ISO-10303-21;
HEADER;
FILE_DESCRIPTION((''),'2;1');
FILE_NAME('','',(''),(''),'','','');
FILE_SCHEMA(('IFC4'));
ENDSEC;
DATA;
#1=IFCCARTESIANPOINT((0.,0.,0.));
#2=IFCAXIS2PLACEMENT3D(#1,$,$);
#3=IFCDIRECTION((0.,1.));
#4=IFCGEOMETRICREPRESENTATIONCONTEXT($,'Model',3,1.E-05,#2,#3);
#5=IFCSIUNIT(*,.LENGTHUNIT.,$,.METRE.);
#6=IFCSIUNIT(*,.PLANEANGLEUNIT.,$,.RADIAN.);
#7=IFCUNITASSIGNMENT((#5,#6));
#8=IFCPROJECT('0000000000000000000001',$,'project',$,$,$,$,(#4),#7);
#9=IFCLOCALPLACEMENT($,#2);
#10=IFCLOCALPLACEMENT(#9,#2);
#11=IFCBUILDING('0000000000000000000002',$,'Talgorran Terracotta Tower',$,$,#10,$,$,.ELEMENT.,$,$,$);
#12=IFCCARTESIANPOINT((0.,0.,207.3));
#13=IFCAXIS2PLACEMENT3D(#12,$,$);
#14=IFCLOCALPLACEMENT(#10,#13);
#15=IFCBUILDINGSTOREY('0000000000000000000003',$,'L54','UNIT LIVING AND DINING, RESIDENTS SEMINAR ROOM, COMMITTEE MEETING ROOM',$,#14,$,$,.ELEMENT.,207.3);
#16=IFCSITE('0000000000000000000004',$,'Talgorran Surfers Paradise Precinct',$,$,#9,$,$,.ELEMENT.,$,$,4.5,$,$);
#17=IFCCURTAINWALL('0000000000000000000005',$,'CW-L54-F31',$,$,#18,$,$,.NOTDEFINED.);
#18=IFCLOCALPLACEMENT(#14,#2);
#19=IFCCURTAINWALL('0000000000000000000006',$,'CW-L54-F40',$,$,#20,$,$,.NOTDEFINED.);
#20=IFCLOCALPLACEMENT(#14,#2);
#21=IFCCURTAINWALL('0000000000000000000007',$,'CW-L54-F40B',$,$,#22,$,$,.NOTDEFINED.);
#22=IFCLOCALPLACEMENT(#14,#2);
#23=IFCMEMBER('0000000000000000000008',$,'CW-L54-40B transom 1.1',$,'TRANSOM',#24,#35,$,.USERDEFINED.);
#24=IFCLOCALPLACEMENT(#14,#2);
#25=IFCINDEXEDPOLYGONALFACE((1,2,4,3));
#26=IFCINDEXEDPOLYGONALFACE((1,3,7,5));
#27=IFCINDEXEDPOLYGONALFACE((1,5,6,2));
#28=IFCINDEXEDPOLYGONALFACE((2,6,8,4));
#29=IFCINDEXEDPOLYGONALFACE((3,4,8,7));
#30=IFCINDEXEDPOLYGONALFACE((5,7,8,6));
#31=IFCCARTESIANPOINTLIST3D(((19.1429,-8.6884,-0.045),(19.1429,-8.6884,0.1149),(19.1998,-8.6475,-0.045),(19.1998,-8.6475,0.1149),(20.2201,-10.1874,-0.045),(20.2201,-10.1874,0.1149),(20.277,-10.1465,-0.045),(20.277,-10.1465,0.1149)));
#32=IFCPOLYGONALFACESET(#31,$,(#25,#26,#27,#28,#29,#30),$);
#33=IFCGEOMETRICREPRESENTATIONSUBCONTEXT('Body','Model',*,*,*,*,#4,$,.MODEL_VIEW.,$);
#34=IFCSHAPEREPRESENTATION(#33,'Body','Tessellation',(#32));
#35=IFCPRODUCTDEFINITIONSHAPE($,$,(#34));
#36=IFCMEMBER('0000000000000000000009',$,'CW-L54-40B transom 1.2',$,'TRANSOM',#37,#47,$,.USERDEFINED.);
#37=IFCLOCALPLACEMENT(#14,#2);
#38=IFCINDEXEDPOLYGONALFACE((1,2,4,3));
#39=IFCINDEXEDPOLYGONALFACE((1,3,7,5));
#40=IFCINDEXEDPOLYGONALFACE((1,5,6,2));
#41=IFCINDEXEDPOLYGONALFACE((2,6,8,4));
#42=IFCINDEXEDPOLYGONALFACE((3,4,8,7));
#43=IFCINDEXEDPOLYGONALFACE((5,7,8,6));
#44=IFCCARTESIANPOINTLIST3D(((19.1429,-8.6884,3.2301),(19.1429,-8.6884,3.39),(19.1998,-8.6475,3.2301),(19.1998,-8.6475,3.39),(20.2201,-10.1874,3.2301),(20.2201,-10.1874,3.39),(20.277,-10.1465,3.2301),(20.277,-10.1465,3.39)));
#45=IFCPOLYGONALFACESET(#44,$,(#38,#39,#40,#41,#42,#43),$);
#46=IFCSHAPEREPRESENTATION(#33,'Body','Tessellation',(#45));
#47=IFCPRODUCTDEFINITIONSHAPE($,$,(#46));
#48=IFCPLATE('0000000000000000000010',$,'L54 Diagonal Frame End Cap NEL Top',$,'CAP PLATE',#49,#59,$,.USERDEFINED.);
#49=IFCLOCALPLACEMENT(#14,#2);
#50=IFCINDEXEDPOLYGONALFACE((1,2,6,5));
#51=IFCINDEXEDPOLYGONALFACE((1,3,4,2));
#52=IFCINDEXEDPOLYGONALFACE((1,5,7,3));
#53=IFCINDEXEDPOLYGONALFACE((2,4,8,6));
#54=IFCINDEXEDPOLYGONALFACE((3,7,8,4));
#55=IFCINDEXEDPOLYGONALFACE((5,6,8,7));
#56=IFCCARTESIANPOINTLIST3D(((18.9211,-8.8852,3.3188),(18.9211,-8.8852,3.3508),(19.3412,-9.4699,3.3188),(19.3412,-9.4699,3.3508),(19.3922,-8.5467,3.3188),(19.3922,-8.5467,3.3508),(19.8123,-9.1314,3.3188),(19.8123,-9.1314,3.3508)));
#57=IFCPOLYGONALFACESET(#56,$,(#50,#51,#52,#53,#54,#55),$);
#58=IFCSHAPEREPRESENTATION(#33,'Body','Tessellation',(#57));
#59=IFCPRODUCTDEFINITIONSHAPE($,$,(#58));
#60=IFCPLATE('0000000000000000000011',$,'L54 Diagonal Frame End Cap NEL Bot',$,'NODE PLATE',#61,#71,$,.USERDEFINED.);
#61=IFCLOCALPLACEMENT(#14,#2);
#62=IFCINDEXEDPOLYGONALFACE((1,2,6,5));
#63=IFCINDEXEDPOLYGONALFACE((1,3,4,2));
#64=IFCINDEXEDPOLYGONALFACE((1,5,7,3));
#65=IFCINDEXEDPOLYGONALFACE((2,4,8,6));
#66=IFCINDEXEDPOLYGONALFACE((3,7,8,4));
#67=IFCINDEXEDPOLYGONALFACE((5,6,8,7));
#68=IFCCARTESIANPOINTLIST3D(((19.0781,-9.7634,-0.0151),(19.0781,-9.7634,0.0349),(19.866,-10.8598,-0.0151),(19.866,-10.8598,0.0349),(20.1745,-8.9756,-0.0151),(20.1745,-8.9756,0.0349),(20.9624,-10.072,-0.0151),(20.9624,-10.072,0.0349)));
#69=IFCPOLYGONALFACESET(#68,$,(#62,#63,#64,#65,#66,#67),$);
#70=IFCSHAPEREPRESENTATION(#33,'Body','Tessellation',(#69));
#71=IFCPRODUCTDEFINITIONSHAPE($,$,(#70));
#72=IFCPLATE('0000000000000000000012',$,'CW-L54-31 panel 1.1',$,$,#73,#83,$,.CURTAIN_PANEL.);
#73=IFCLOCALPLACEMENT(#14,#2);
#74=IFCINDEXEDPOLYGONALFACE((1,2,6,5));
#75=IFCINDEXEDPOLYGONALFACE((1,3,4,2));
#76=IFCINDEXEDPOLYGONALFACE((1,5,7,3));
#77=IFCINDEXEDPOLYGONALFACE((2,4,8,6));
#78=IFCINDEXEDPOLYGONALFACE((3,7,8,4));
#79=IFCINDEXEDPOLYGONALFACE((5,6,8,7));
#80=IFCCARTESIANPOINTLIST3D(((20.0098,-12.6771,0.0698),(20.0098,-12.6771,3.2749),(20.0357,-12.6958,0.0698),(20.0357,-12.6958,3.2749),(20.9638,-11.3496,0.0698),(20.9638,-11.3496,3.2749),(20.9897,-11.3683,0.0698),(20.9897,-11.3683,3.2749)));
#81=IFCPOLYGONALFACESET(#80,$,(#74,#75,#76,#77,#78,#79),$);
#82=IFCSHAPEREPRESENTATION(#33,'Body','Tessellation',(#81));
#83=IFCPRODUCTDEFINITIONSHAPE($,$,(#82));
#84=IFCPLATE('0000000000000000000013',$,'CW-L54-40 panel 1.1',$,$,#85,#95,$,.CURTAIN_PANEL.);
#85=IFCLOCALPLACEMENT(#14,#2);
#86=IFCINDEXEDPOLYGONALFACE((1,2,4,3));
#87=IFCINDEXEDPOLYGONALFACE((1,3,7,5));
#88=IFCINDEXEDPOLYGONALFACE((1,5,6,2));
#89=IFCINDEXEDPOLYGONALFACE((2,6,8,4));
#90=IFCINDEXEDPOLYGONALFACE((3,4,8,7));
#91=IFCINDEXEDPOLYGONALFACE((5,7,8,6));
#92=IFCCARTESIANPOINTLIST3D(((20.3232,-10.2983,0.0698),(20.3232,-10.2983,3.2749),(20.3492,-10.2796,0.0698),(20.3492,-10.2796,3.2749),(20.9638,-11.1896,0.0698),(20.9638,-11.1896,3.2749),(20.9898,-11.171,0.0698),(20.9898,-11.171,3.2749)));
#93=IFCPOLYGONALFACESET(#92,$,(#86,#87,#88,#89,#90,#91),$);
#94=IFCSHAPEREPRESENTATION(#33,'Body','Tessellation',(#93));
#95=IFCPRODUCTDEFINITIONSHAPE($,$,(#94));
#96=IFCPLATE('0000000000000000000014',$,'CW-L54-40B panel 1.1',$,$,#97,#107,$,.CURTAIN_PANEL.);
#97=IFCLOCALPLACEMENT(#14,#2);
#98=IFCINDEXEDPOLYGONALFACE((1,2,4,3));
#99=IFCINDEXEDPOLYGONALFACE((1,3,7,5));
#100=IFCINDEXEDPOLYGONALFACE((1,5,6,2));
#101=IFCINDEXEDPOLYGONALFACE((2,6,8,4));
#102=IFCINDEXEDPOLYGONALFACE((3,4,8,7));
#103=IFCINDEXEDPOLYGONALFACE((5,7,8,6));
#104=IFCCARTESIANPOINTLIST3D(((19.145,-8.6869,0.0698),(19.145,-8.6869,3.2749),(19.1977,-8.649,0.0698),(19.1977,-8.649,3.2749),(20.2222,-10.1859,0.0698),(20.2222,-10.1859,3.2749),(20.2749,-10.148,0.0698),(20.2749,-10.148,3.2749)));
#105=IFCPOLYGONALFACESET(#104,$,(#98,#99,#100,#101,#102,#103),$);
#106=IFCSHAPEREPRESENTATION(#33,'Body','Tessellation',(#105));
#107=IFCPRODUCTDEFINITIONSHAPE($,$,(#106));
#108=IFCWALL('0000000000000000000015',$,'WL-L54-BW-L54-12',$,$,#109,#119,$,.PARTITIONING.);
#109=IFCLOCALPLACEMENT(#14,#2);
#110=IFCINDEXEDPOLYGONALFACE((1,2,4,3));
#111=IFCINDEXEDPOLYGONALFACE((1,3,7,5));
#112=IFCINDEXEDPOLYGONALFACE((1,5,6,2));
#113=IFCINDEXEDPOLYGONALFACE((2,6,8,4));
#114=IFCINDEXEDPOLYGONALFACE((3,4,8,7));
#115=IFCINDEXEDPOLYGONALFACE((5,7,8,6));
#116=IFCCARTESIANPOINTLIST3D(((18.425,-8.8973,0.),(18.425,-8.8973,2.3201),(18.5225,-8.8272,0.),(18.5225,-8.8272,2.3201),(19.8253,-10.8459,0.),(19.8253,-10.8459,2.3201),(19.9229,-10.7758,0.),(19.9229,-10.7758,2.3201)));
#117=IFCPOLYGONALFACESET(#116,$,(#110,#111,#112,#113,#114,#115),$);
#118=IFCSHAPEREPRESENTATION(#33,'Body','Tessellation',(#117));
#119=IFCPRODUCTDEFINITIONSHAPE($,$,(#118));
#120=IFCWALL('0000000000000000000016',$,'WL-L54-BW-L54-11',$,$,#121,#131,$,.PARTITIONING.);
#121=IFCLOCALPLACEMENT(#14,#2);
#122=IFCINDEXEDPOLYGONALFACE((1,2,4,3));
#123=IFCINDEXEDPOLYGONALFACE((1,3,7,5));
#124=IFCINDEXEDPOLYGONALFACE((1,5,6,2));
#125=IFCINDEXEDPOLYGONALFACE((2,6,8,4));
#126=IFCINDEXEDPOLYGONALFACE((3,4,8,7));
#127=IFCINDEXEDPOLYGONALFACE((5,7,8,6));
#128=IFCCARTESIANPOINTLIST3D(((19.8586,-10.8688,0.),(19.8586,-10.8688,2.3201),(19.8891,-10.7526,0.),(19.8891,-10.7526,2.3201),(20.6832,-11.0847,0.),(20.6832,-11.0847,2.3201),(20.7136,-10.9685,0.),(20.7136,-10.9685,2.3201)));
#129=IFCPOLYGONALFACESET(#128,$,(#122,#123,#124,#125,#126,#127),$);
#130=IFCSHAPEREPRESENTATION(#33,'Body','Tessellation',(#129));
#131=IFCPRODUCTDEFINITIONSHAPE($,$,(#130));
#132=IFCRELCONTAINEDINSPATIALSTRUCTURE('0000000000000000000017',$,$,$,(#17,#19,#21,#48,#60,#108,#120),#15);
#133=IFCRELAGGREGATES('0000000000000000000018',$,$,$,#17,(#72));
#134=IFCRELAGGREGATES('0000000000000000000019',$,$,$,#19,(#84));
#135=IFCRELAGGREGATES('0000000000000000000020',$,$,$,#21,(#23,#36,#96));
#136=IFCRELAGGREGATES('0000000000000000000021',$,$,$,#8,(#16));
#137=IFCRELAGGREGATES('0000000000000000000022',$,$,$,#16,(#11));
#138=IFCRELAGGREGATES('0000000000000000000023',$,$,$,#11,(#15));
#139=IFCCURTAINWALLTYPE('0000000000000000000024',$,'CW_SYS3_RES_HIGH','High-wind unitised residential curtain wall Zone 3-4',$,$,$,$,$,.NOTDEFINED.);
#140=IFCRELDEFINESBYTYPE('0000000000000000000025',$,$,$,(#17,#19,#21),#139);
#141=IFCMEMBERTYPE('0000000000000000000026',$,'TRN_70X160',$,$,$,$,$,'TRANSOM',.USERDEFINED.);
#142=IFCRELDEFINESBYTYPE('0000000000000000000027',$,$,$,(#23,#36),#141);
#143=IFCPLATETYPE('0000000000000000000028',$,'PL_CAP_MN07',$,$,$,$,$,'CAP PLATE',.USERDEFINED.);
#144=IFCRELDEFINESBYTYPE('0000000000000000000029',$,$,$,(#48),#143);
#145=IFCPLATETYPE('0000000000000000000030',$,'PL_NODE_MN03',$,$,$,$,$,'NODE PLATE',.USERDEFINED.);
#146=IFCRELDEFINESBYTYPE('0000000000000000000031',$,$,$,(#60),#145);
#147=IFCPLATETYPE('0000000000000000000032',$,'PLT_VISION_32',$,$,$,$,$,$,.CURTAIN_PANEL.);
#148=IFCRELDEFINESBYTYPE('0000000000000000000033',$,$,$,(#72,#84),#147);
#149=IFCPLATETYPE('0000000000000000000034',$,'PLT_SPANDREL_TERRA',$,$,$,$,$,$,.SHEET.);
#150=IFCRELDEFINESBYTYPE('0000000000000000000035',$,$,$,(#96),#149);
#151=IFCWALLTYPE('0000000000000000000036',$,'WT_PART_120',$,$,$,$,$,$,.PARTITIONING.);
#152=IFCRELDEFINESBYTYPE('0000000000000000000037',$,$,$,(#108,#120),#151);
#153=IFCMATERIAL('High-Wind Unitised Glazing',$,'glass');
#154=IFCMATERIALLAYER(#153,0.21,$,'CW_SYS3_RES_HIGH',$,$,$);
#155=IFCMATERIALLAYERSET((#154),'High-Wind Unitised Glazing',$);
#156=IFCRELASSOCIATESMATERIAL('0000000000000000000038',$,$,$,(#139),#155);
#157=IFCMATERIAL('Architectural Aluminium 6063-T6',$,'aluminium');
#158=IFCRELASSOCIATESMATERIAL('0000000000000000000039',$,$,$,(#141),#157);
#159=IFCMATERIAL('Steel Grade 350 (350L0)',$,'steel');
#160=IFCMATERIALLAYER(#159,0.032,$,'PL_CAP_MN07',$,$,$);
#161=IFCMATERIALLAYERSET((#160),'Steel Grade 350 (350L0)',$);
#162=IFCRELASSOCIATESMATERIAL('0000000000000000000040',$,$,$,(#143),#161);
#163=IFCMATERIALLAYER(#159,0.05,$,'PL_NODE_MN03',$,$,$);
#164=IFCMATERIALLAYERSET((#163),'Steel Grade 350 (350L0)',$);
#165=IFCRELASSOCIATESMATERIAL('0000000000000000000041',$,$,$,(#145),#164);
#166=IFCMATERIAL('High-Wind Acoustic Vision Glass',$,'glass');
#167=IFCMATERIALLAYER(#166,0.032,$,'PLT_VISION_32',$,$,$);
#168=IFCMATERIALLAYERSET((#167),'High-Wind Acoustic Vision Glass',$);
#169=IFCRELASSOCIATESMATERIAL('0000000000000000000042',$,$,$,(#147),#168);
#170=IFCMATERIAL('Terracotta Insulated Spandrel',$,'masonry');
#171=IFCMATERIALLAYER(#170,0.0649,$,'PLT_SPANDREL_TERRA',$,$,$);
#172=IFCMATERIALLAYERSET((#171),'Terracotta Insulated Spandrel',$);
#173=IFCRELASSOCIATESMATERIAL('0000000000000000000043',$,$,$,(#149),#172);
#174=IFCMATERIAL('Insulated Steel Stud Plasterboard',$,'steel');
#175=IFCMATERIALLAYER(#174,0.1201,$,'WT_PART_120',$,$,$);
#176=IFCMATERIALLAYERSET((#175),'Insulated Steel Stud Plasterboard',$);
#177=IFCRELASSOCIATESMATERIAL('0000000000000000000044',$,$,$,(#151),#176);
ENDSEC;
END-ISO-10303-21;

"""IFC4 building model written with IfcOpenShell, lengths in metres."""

from ifc_helpers import new_model, si_unit, direction, frame, frame_2d, origin, origin_2d, place, context, subcontext, project, spatial, rectangle, extrude, source, transform, mapped, material, layer, layer_set, material_profile, profile_set, type_object, type_shapes, element, aggregate, save


model = new_model("IFC4")

# Units and contexts
model_context = context("Model", 3, precision=1e-05, world=origin(), true_north=direction((0.0, 1.0)))
body_context = subcontext(model_context, "Body", "Model", "MODEL_VIEW")
ifc_project = project(units=[si_unit("LENGTHUNIT", "METRE"), si_unit("PLANEANGLEUNIT", "RADIAN")], contexts=[model_context])

# Site, building, storey
site_placement = place(None, origin())
site = spatial("IfcSite", under=ifc_project, at=site_placement, Name="Talgorran Surfers Paradise Precinct", CompositionType="ELEMENT", RefElevation=4.5)
building_placement = place(site_placement, origin())
building = spatial("IfcBuilding", under=site, at=building_placement, Name="Talgorran Terracotta Tower", CompositionType="ELEMENT")
storey_placement = place(building_placement, frame((0.0, 0.0, 207.3)))
storey = spatial("IfcBuildingStorey", under=building, at=storey_placement, Name="L54", Description="UNIT LIVING AND DINING, RESIDENTS SEMINAR ROOM, COMMITTEE MEETING ROOM", CompositionType="ELEMENT", Elevation=207.3)

# Shared definitions
ifc_material_1 = material(Name="Steel Grade 350 (350L0)", Category="steel")

# Curtain walls
ifc_material_2 = material(Name="High-Wind Unitised Glazing", Category="glass")
ifc_layer_1 = layer(ifc_material_2, 0.21, Name="CW_SYS3_RES_HIGH")
ifc_layer_set_1 = layer_set([ifc_layer_1], Name="High-Wind Unitised Glazing")
curtain_wall_type = type_object("IfcCurtainWallType", Name="CW_SYS3_RES_HIGH", Description="High-wind unitised residential curtain wall Zone 3-4", PredefinedType="NOTDEFINED", material=ifc_layer_set_1)
curtain_wall_1_placement = place(storey_placement, origin())
curtain_wall_1 = element("IfcCurtainWall", 1, at=curtain_wall_1_placement, inside=storey, type_object=curtain_wall_type, Name="CW-L54-F31", PredefinedType="NOTDEFINED")
ifc_material_3 = material(Name="Architectural Aluminium 6063-T6", Category="aluminium")
curtain_wall_2_placement = place(storey_placement, origin())
curtain_wall_2 = element("IfcCurtainWall", 2, at=curtain_wall_2_placement, inside=storey, type_object=curtain_wall_type, Name="CW-L54-F40", PredefinedType="NOTDEFINED")

# Curtain wall
curtain_wall_3_placement = place(storey_placement, origin())
curtain_wall_3 = element("IfcCurtainWall", 3, at=curtain_wall_3_placement, inside=storey, type_object=curtain_wall_type, Name="CW-L54-F40B", PredefinedType="NOTDEFINED")

# Members
ifc_material_profile_1 = material_profile(ifc_material_3, rectangle(XDim=0.0701, YDim=0.1599, at=origin_2d()), Name="CWT70X160")
ifc_profile_set_1 = profile_set([ifc_material_profile_1], Name="Architectural Aluminium 6063-T6")
member_type_1 = type_object("IfcMemberType", Name="TRN_70X160", ElementType="TRANSOM", PredefinedType="USERDEFINED", material=ifc_profile_set_1)
member_1_placement = place(storey_placement, frame((20.2485, -10.167, 0.0349), z_axis=(-0.583538, 0.812086, 0.0), x_axis=(-0.812086, -0.583538, 0.0)))
member_1 = element("IfcMember", 4, at=member_1_placement, type_object=member_type_1, Name="CW-L54-40B transom 1.1", ObjectType="TRANSOM", PredefinedType="USERDEFINED", context=body_context, shape_type="SweptSolid", body=[
    extrude(rectangle(XDim=0.0701, YDim=0.1599, at=origin_2d()), origin(), (0.0, 0.0, 1.0), 1.8459),
])
member_2_placement = place(storey_placement, frame((20.2485, -10.167, 3.3101), z_axis=(-0.583538, 0.812086, 0.0), x_axis=(-0.812086, -0.583538, 0.0)))
member_2 = element("IfcMember", 5, at=member_2_placement, type_object=member_type_1, Name="CW-L54-40B transom 1.2", ObjectType="TRANSOM", PredefinedType="USERDEFINED", context=body_context, shape_type="SweptSolid", body=[
    extrude(rectangle(XDim=0.0701, YDim=0.1599, at=origin_2d()), origin(), (0.0, 0.0, 1.0), 1.8459),
])

# Plates
ifc_layer_2 = layer(ifc_material_1, 0.032, Name="PL_CAP_MN07")
ifc_layer_set_2 = layer_set([ifc_layer_2], Name="Steel Grade 350 (350L0)")
plate_type_1 = type_object("IfcPlateType", Name="PL_CAP_MN07", ElementType="CAP PLATE", PredefinedType="USERDEFINED", material=ifc_layer_set_2)
plate_1_placement = place(storey_placement, frame((19.3667, -9.0083, 3.3188), z_axis=(0.0, 0.0, 1.0), x_axis=(-0.583541, 0.812084, 0.0)))
element("IfcPlate", 6, at=plate_1_placement, inside=storey, type_object=plate_type_1, Name="L54 Diagonal Frame End Cap NEL Top", ObjectType="CAP PLATE", PredefinedType="USERDEFINED", context=body_context, shape_type="SweptSolid", body=[
    extrude(rectangle(XDim=0.72, YDim=0.5801, at=origin_2d()), origin(), (0.0, 0.0, 1.0), 0.032),
])
ifc_layer_3 = layer(ifc_material_1, 0.05, Name="PL_NODE_MN03")
ifc_layer_set_3 = layer_set([ifc_layer_3], Name="Steel Grade 350 (350L0)")
plate_type_2 = type_object("IfcPlateType", Name="PL_NODE_MN03", ElementType="NODE PLATE", PredefinedType="USERDEFINED", material=ifc_layer_set_3)
plate_2_placement = place(storey_placement, frame((20.0203, -9.9177, -0.0151), z_axis=(0.0, 0.0, 1.0), x_axis=(-0.583541, 0.812084, 0.0)))
element("IfcPlate", 7, at=plate_2_placement, inside=storey, type_object=plate_type_2, Name="L54 Diagonal Frame End Cap NEL Bot", ObjectType="NODE PLATE", PredefinedType="USERDEFINED", context=body_context, shape_type="SweptSolid", body=[
    extrude(rectangle(XDim=1.3501, YDim=1.3501, at=origin_2d()), origin(), (0.0, 0.0, 1.0), 0.05),
])

# Plates
ifc_material_4 = material(Name="High-Wind Acoustic Vision Glass", Category="glass")
ifc_layer_4 = layer(ifc_material_4, 0.032, Name="PLT_VISION_32")
ifc_layer_set_4 = layer_set([ifc_layer_4], Name="High-Wind Acoustic Vision Glass")
plate_type_3 = type_object("IfcPlateType", Name="PLT_VISION_32", PredefinedType="CURTAIN_PANEL", material=ifc_layer_set_4)
shared_shape_1 = source(origin(), body_context, "Body", "SweptSolid", [
    extrude(rectangle(XDim=1.6348, YDim=0.032, at=origin_2d()), origin(), (0.0, 0.0, 1.0), 3.2051),
])
plate_3_placement = place(storey_placement, frame((20.4998, -12.0227, 0.0698), z_axis=(0.0, 0.0, 1.0), x_axis=(0.583576, 0.812059, 0.0)))
plate_3 = element("IfcPlate", 8, at=plate_3_placement, type_object=plate_type_3, Name="CW-L54-31 panel 1.1", PredefinedType="CURTAIN_PANEL", context=body_context, shape_type="MappedRepresentation", body=[
    mapped(shared_shape_1, transform((0.0, 0.0, 0.0), scale=1.0)),
])
aggregate(curtain_wall_1, [plate_3])
shared_shape_2 = source(origin(), body_context, "Body", "SweptSolid", [
    extrude(rectangle(XDim=1.0977, YDim=0.032, at=origin_2d()), origin(), (0.0, 0.0, 1.0), 3.2051),
])
type_shapes(plate_type_3, [shared_shape_1, shared_shape_2])
plate_4_placement = place(storey_placement, frame((20.6565, -10.7346, 0.0698), z_axis=(0.0, 0.0, 1.0), x_axis=(-0.583574, 0.81206, 0.0)))
plate_4 = element("IfcPlate", 9, at=plate_4_placement, type_object=plate_type_3, Name="CW-L54-40 panel 1.1", PredefinedType="CURTAIN_PANEL", context=body_context, shape_type="MappedRepresentation", body=[
    mapped(shared_shape_2, transform((0.0, 0.0, 0.0), scale=1.0)),
])
aggregate(curtain_wall_2, [plate_4])
ifc_material_5 = material(Name="Terracotta Insulated Spandrel", Category="masonry")
ifc_layer_5 = layer(ifc_material_5, 0.0649, Name="PLT_SPANDREL_TERRA")
ifc_layer_set_5 = layer_set([ifc_layer_5], Name="Terracotta Insulated Spandrel")
plate_type_4 = type_object("IfcPlateType", Name="PLT_SPANDREL_TERRA", PredefinedType="SHEET", material=ifc_layer_set_5)
shared_shape_3 = source(origin(), body_context, "Body", "SweptSolid", [
    extrude(rectangle(XDim=1.8459, YDim=0.0649, at=origin_2d()), origin(), (0.0, 0.0, 1.0), 3.2051),
])
type_shapes(plate_type_4, [shared_shape_3])
plate_5_placement = place(storey_placement, frame((19.71, -9.4175, 0.0698), z_axis=(0.0, 0.0, 1.0), x_axis=(-0.58357, 0.812063, 0.0)))
plate_5 = element("IfcPlate", 10, at=plate_5_placement, type_object=plate_type_4, Name="CW-L54-40B panel 1.1", PredefinedType="CURTAIN_PANEL", context=body_context, shape_type="MappedRepresentation", body=[
    mapped(shared_shape_3, transform((0.0, 0.0, 0.0), scale=1.0)),
])
aggregate(curtain_wall_3, [member_1, member_2, plate_5])

# Walls
ifc_material_6 = material(Name="Insulated Steel Stud Plasterboard", Category="steel")
ifc_layer_6 = layer(ifc_material_6, 0.1201, Name="WT_PART_120")
ifc_layer_set_6 = layer_set([ifc_layer_6], Name="Insulated Steel Stud Plasterboard")
wall_type = type_object("IfcWallType", Name="WT_PART_120", PredefinedType="PARTITIONING", material=ifc_layer_set_6)
wall_1_placement = place(storey_placement, frame((19.874, -10.8108, 0.0), z_axis=(0.0, 0.0, 1.0), x_axis=(-0.583565, 0.812067, 0.0)))
element("IfcWall", 11, at=wall_1_placement, inside=storey, type_object=wall_type, Name="WL-L54-BW-L54-12", PredefinedType="PARTITIONING", context=body_context, shape_type="SweptSolid", body=[
    extrude(rectangle(XDim=2.3997, YDim=0.1201, at=frame_2d((1.1997, 0.0))), origin(), (0.0, 0.0, 1.0), 2.3201),
])
wall_2_placement = place(storey_placement, frame((20.6985, -11.0266, 0.0), z_axis=(0.0, 0.0, 1.0), x_axis=(-0.967404, 0.253238, 0.0)))
element("IfcWall", 12, at=wall_2_placement, inside=storey, type_object=wall_type, Name="WL-L54-BW-L54-11", PredefinedType="PARTITIONING", context=body_context, shape_type="SweptSolid", body=[
    extrude(rectangle(XDim=0.8523, YDim=0.1201, at=frame_2d((0.4263, 0.0))), origin(), (0.0, 0.0, 1.0), 2.3201),
])

save(model, "model.ifc")
